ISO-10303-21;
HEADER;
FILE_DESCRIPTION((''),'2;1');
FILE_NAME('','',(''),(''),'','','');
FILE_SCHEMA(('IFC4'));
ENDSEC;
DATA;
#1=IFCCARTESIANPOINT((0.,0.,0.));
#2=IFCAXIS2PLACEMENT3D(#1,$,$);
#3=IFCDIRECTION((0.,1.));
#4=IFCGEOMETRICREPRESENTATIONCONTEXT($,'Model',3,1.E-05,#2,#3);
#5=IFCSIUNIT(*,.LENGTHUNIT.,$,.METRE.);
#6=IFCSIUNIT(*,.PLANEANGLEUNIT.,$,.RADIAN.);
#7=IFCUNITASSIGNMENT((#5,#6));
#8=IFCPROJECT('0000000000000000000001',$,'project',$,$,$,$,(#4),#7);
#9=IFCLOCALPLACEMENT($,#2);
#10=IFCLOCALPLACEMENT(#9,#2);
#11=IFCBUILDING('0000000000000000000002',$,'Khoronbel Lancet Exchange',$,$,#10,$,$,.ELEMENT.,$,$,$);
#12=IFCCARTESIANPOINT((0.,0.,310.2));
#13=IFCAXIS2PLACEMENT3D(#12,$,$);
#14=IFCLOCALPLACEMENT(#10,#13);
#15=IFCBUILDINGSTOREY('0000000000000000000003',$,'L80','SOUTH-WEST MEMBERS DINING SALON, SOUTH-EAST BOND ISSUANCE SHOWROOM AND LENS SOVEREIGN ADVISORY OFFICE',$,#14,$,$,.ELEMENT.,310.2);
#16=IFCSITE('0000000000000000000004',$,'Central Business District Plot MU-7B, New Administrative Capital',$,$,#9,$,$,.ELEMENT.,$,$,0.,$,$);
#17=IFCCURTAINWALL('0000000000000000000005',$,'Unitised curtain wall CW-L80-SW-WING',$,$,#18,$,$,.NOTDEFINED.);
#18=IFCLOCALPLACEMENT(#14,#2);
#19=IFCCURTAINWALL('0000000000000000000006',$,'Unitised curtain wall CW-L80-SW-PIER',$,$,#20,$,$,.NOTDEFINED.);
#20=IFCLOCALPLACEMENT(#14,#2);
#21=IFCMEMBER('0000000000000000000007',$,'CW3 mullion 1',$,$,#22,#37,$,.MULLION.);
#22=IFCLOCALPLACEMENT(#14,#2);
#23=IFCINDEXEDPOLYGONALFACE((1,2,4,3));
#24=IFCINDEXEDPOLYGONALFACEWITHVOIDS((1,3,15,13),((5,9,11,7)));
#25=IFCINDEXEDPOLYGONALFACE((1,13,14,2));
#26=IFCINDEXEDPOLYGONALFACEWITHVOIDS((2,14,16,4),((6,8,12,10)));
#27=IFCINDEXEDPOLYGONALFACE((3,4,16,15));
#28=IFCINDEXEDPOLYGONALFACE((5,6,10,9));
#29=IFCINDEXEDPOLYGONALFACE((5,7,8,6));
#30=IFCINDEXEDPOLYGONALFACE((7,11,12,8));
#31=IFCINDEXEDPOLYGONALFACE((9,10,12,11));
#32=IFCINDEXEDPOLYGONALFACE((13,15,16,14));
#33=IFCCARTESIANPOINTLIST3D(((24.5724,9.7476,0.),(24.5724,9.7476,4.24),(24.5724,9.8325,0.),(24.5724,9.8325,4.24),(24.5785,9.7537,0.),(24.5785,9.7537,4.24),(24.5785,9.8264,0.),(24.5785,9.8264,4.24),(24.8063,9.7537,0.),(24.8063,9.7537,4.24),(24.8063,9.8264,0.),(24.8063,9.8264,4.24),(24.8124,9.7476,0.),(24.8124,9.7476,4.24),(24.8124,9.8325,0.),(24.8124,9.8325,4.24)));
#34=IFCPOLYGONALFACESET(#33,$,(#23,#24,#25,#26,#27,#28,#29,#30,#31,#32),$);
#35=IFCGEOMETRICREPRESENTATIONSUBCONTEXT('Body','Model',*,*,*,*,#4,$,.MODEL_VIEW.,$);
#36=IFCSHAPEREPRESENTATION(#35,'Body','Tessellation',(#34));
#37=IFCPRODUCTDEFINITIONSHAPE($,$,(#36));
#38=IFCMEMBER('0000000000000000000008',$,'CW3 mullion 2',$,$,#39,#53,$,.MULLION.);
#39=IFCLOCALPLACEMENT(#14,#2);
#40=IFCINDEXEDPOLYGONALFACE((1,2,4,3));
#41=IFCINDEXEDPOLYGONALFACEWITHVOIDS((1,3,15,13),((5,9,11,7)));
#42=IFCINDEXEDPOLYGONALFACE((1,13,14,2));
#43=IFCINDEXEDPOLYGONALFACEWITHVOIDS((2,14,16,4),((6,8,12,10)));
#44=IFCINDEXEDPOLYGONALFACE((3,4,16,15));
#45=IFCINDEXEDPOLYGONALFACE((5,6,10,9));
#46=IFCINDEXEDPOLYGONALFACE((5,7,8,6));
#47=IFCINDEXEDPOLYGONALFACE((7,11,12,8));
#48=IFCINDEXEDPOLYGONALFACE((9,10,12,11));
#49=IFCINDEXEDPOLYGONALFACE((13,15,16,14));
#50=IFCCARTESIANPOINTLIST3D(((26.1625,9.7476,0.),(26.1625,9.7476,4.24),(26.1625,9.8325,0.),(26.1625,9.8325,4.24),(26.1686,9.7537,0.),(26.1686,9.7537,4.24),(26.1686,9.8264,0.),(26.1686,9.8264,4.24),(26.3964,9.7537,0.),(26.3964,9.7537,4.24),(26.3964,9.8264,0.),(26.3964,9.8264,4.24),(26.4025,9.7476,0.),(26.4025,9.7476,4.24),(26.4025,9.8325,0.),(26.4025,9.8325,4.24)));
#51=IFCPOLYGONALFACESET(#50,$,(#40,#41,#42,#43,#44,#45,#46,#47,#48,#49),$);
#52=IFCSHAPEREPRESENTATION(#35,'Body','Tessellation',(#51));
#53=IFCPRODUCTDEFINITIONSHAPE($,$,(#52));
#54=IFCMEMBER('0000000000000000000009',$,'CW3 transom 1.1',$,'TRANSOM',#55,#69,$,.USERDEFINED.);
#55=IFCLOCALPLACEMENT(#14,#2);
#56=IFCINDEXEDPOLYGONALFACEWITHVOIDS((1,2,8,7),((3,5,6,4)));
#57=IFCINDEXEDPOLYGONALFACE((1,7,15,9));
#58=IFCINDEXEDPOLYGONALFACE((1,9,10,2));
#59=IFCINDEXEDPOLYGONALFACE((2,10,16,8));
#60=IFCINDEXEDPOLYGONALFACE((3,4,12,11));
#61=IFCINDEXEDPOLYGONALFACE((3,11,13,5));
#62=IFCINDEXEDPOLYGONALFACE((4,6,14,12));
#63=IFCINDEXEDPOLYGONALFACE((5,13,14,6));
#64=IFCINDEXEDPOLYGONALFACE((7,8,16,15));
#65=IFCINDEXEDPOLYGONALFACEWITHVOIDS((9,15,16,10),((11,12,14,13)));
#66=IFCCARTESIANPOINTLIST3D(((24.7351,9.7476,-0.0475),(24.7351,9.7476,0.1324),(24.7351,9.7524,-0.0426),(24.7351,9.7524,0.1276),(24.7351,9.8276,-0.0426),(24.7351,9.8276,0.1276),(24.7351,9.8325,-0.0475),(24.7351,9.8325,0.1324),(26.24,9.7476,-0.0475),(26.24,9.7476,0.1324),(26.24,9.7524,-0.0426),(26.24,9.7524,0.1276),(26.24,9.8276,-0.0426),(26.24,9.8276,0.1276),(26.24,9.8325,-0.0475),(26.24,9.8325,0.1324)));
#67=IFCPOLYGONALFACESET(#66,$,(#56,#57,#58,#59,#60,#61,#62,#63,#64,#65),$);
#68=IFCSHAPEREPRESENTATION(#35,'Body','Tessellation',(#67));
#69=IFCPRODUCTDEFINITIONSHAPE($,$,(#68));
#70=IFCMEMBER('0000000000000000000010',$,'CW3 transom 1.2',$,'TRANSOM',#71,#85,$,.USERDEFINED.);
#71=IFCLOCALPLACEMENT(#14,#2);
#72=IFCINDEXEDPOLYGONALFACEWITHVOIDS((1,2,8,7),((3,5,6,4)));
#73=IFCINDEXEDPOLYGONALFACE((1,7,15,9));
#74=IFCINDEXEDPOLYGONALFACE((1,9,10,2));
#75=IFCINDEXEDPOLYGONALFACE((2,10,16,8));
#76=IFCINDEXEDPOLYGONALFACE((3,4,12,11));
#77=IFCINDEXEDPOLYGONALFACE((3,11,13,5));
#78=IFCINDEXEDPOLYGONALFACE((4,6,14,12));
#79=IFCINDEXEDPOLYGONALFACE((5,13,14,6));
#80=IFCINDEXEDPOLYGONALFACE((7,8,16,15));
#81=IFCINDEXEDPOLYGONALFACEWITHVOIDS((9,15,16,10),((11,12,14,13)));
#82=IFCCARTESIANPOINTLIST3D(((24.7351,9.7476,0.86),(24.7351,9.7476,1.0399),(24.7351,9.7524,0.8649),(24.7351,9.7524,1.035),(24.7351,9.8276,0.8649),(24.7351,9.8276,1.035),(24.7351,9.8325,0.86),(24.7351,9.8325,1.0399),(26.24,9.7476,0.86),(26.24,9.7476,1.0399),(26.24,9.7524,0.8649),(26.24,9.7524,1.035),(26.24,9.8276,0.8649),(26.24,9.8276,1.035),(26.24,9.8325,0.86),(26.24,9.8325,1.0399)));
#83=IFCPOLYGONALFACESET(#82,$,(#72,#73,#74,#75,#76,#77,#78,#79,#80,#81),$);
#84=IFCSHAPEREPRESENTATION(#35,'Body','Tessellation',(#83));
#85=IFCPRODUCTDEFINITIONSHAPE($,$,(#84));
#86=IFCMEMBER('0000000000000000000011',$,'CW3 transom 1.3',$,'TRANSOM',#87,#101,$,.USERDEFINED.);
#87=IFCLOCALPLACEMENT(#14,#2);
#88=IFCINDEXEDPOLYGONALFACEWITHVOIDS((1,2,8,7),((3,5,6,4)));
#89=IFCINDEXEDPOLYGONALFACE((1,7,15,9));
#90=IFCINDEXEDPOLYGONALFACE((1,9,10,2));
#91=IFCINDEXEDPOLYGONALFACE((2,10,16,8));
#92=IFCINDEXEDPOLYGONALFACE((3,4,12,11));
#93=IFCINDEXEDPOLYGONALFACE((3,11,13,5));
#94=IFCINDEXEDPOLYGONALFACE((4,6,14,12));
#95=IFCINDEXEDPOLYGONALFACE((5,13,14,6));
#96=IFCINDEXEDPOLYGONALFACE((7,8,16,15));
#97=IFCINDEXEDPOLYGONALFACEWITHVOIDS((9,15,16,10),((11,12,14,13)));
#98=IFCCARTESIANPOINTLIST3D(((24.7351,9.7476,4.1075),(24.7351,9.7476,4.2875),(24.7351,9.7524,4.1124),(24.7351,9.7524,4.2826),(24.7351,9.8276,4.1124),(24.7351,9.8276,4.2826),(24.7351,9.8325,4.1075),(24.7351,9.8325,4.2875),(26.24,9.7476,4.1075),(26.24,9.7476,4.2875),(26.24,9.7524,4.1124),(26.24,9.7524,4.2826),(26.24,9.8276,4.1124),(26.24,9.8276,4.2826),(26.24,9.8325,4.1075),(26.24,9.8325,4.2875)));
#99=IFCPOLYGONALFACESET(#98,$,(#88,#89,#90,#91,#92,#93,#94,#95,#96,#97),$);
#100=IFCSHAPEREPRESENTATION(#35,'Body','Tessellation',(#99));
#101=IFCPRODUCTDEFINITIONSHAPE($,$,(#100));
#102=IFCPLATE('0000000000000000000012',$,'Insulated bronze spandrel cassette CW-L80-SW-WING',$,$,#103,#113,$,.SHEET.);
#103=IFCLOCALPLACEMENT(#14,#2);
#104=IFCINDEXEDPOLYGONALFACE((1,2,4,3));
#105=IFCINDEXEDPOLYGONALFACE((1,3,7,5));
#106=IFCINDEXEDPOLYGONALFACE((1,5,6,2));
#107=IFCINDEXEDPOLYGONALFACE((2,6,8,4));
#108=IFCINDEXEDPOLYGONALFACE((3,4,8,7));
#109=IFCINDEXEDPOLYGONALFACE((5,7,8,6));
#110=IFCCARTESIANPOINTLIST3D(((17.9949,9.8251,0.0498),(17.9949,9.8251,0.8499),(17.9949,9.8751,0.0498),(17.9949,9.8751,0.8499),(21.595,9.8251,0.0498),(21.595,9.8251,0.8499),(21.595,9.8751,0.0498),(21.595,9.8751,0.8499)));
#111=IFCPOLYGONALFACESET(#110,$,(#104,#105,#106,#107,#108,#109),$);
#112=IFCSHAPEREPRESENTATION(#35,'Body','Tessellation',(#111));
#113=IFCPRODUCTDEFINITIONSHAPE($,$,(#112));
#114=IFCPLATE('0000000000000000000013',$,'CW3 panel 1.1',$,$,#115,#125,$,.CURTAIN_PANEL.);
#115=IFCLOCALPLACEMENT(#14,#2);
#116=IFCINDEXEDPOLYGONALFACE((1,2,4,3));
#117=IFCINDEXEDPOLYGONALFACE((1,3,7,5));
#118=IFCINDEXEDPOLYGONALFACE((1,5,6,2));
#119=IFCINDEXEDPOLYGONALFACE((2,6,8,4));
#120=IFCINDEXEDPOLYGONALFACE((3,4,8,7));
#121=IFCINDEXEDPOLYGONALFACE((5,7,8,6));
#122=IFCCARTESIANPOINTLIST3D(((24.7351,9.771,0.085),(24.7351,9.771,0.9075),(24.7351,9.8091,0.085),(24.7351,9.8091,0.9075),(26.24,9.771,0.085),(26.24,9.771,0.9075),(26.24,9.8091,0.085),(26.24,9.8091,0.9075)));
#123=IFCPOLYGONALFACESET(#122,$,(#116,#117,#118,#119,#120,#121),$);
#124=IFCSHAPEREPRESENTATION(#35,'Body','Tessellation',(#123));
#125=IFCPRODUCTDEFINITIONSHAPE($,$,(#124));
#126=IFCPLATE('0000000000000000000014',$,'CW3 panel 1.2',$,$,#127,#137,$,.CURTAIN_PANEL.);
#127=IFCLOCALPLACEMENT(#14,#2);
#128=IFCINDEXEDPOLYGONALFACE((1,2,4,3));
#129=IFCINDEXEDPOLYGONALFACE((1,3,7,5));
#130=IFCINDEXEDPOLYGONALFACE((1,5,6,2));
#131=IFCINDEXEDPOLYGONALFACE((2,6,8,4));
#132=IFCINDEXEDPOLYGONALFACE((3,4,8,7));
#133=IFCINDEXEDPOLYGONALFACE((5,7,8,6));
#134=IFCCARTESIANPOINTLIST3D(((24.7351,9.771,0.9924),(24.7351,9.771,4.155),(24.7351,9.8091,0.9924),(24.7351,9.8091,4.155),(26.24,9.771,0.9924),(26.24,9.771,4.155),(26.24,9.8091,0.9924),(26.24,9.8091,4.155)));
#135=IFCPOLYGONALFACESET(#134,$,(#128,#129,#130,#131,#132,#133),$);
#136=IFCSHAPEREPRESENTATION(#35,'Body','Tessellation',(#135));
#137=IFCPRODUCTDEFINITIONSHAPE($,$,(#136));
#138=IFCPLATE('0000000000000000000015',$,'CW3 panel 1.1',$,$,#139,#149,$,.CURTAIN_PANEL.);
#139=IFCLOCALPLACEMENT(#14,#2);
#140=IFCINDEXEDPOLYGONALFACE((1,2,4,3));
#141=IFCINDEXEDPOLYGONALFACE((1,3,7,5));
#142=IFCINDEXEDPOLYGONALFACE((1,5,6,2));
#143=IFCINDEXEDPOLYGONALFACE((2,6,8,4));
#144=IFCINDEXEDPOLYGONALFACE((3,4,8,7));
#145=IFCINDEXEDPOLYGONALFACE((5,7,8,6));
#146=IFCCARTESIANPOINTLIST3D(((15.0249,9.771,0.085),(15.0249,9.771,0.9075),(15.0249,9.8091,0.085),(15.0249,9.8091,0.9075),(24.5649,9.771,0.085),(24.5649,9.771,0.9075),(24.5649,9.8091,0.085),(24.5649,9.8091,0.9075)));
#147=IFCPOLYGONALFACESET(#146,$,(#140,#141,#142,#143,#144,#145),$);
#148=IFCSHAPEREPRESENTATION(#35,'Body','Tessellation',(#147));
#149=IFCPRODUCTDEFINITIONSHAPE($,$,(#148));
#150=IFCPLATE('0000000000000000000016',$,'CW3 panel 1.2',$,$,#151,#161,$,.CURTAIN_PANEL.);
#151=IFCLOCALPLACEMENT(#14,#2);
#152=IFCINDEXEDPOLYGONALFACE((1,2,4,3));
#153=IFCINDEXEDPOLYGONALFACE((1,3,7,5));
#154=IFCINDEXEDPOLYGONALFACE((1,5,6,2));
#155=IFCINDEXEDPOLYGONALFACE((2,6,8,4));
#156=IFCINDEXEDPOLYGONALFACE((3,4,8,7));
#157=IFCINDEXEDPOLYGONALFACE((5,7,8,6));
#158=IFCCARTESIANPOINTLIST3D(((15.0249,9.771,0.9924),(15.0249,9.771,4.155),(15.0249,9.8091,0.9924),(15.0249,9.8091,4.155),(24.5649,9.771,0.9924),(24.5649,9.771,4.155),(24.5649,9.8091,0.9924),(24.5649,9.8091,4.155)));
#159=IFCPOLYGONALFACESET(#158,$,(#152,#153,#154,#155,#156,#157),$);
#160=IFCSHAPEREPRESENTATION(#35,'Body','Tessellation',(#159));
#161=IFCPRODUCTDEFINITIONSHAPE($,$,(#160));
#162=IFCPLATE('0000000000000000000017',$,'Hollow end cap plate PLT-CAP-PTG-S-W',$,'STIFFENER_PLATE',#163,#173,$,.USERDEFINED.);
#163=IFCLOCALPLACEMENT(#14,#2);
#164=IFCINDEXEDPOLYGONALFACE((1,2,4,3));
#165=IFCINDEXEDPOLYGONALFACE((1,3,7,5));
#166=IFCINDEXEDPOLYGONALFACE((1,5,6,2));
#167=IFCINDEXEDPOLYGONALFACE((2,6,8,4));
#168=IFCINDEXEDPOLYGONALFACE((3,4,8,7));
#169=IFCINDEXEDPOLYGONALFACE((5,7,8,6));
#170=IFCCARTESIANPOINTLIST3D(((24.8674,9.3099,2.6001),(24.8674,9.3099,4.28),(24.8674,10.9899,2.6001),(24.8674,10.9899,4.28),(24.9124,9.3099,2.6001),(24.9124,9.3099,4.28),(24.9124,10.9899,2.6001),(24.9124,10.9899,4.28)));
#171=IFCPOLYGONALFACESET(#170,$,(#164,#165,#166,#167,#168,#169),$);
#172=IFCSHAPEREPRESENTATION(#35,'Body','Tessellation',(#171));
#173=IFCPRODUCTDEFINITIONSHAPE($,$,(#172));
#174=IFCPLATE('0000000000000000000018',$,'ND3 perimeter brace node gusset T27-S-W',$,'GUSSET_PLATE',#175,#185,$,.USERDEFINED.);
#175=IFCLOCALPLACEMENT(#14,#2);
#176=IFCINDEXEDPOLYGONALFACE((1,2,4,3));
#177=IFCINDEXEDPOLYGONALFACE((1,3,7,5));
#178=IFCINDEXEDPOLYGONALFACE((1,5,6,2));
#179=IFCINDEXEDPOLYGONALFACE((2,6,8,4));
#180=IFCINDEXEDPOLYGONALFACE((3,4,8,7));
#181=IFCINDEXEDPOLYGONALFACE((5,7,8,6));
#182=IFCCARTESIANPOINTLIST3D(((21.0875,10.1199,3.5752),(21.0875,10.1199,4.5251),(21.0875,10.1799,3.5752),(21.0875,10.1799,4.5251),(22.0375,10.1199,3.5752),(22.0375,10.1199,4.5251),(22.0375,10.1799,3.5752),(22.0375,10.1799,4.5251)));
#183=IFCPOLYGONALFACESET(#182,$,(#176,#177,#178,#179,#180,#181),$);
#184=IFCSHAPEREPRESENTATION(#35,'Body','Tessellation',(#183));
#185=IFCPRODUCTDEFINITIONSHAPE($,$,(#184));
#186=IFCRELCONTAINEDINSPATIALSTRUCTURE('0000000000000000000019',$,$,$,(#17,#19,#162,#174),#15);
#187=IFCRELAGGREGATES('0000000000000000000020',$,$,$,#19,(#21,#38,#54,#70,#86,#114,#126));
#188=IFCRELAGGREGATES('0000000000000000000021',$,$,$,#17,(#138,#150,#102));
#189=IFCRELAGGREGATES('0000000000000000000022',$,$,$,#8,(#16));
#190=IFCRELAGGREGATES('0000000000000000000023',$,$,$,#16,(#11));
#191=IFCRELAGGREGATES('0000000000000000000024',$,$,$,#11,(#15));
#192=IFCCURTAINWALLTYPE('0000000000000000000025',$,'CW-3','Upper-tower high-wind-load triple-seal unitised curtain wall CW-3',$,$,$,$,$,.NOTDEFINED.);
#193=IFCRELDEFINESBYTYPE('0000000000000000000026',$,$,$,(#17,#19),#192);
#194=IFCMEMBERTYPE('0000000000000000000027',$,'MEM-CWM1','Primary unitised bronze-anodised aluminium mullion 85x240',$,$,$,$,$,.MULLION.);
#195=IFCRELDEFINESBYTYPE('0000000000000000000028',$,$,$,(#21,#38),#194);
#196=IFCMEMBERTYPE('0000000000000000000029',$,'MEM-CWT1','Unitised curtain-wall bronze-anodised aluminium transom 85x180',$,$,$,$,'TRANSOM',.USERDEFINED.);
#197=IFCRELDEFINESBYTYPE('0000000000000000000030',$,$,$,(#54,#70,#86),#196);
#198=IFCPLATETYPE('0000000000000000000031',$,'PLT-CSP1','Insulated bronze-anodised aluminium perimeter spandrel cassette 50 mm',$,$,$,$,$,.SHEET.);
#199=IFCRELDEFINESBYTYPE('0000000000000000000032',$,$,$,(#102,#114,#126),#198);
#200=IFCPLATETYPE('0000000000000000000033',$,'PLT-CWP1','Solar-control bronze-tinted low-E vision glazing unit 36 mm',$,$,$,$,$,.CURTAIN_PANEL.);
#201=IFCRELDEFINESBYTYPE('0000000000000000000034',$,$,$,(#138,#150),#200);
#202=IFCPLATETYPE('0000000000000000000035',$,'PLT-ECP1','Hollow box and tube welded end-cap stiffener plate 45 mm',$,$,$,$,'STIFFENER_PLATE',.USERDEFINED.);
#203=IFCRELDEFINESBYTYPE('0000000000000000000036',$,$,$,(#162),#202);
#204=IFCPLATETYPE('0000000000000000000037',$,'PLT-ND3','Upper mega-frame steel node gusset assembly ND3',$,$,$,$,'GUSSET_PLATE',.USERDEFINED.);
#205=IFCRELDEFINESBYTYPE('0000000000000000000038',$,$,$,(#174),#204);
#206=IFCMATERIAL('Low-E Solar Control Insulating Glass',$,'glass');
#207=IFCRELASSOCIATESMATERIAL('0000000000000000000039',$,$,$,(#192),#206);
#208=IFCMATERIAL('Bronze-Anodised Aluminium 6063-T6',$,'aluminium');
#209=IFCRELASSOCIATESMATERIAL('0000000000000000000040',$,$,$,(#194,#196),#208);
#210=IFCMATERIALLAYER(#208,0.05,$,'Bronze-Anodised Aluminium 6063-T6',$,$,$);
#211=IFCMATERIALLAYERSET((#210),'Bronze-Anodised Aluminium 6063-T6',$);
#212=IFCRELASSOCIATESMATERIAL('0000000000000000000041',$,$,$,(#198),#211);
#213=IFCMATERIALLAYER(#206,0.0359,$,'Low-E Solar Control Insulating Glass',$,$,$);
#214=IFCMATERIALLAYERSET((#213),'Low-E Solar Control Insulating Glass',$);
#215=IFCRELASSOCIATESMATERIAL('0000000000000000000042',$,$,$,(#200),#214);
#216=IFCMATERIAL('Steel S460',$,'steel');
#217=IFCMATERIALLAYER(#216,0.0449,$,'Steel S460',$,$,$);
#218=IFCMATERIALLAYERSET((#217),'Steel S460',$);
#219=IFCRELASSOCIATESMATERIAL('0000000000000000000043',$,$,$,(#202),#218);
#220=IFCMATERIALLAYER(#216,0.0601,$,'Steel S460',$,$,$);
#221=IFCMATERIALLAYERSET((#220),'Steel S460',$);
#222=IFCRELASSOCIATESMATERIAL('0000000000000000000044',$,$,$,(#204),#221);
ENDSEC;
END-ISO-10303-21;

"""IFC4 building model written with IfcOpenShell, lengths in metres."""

from ifc_helpers import new_model, si_unit, direction, frame, origin, origin_2d, place, context, subcontext, project, spatial, rectangle, hollow_rectangle, extrude, material, layer, layer_set, material_profile, profile_set, type_object, element, aggregate, save


model = new_model("IFC4")

# Units and contexts
model_context = context("Model", 3, precision=1e-05, world=origin(), true_north=direction((0.0, 1.0)))
body_context = subcontext(model_context, "Body", "Model", "MODEL_VIEW")
ifc_project = project(units=[si_unit("LENGTHUNIT", "METRE"), si_unit("PLANEANGLEUNIT", "RADIAN")], contexts=[model_context])

# Site, building, storey
site_placement = place(None, origin())
site = spatial("IfcSite", under=ifc_project, at=site_placement, Name="Central Business District Plot MU-7B, New Administrative Capital", CompositionType="ELEMENT", RefElevation=0.0)
building_placement = place(site_placement, origin())
building = spatial("IfcBuilding", under=site, at=building_placement, Name="Khoronbel Lancet Exchange", CompositionType="ELEMENT")
storey_placement = place(building_placement, frame((0.0, 0.0, 310.2)))
storey = spatial("IfcBuildingStorey", under=building, at=storey_placement, Name="L80", Description="SOUTH-WEST MEMBERS DINING SALON, SOUTH-EAST BOND ISSUANCE SHOWROOM AND LENS SOVEREIGN ADVISORY OFFICE", CompositionType="ELEMENT", Elevation=310.2)

# Shared definitions
ifc_material_1 = material(Name="Steel S460", Category="steel")

# Curtain wall
ifc_material_2 = material(Name="Low-E Solar Control Insulating Glass", Category="glass")
curtain_wall_type = type_object("IfcCurtainWallType", Name="CW-3", Description="Upper-tower high-wind-load triple-seal unitised curtain wall CW-3", PredefinedType="NOTDEFINED", material=ifc_material_2)
curtain_wall_1_placement = place(storey_placement, origin())
curtain_wall_1 = element("IfcCurtainWall", 1, at=curtain_wall_1_placement, inside=storey, type_object=curtain_wall_type, Name="Unitised curtain wall CW-L80-SW-WING", PredefinedType="NOTDEFINED")
ifc_material_3 = material(Name="Bronze-Anodised Aluminium 6063-T6", Category="aluminium")
ifc_material_profile_1 = material_profile(ifc_material_3, hollow_rectangle(XDim=0.085, YDim=0.24, WallThickness=0.0061, at=origin_2d()), Name="ALU MULLION 85x240")
ifc_profile_set_1 = profile_set([ifc_material_profile_1], Name="Bronze-Anodised Aluminium 6063-T6")
member_type_1 = type_object("IfcMemberType", Name="MEM-CWM1", Description="Primary unitised bronze-anodised aluminium mullion 85x240", PredefinedType="MULLION", material=ifc_profile_set_1)

# Curtain wall, members
curtain_wall_2_placement = place(storey_placement, origin())
curtain_wall_2 = element("IfcCurtainWall", 2, at=curtain_wall_2_placement, inside=storey, type_object=curtain_wall_type, Name="Unitised curtain wall CW-L80-SW-PIER", PredefinedType="NOTDEFINED")
member_1_placement = place(storey_placement, frame((24.6924, 9.79, 0.0), z_axis=(0.0, 0.0, 1.0), x_axis=(0.0, 1.0, 0.0)))
member_1 = element("IfcMember", 3, at=member_1_placement, type_object=member_type_1, Name="CW3 mullion 1", PredefinedType="MULLION", context=body_context, shape_type="SweptSolid", body=[
    extrude(hollow_rectangle(XDim=0.085, YDim=0.24, WallThickness=0.0061, at=origin_2d()), origin(), (0.0, 0.0, 1.0), 4.24),
])
member_2_placement = place(storey_placement, frame((26.2825, 9.79, 0.0), z_axis=(0.0, 0.0, 1.0), x_axis=(0.0, 1.0, 0.0)))
member_2 = element("IfcMember", 4, at=member_2_placement, type_object=member_type_1, Name="CW3 mullion 2", PredefinedType="MULLION", context=body_context, shape_type="SweptSolid", body=[
    extrude(hollow_rectangle(XDim=0.085, YDim=0.24, WallThickness=0.0061, at=origin_2d()), origin(), (0.0, 0.0, 1.0), 4.24),
])
ifc_material_profile_2 = material_profile(ifc_material_3, hollow_rectangle(XDim=0.085, YDim=0.1799, WallThickness=0.0049, at=origin_2d()), Name="ALU TRANSOM 85x180")
ifc_profile_set_2 = profile_set([ifc_material_profile_2], Name="Bronze-Anodised Aluminium 6063-T6")
member_type_2 = type_object("IfcMemberType", Name="MEM-CWT1", Description="Unitised curtain-wall bronze-anodised aluminium transom 85x180", ElementType="TRANSOM", PredefinedType="USERDEFINED", material=ifc_profile_set_2)
member_3_placement = place(storey_placement, frame((24.7351, 9.79, 0.0425), z_axis=(1.0, 0.0, 0.0), x_axis=(0.0, 1.0, 0.0)))
member_3 = element("IfcMember", 5, at=member_3_placement, type_object=member_type_2, Name="CW3 transom 1.1", ObjectType="TRANSOM", PredefinedType="USERDEFINED", context=body_context, shape_type="SweptSolid", body=[
    extrude(hollow_rectangle(XDim=0.085, YDim=0.1799, WallThickness=0.0049, at=origin_2d()), origin(), (0.0, 0.0, 1.0), 1.5049),
])
member_4_placement = place(storey_placement, frame((24.7351, 9.79, 0.95), z_axis=(1.0, 0.0, 0.0), x_axis=(0.0, 1.0, 0.0)))
member_4 = element("IfcMember", 6, at=member_4_placement, type_object=member_type_2, Name="CW3 transom 1.2", ObjectType="TRANSOM", PredefinedType="USERDEFINED", context=body_context, shape_type="SweptSolid", body=[
    extrude(hollow_rectangle(XDim=0.085, YDim=0.1799, WallThickness=0.0049, at=origin_2d()), origin(), (0.0, 0.0, 1.0), 1.5049),
])
member_5_placement = place(storey_placement, frame((24.7351, 9.79, 4.1975), z_axis=(1.0, 0.0, 0.0), x_axis=(0.0, 1.0, 0.0)))
member_5 = element("IfcMember", 7, at=member_5_placement, type_object=member_type_2, Name="CW3 transom 1.3", ObjectType="TRANSOM", PredefinedType="USERDEFINED", context=body_context, shape_type="SweptSolid", body=[
    extrude(hollow_rectangle(XDim=0.085, YDim=0.1799, WallThickness=0.0049, at=origin_2d()), origin(), (0.0, 0.0, 1.0), 1.5049),
])

# Plates
ifc_layer_1 = layer(ifc_material_3, 0.05, Name="Bronze-Anodised Aluminium 6063-T6")
ifc_layer_set_1 = layer_set([ifc_layer_1], Name="Bronze-Anodised Aluminium 6063-T6")
plate_type_1 = type_object("IfcPlateType", Name="PLT-CSP1", Description="Insulated bronze-anodised aluminium perimeter spandrel cassette 50 mm", PredefinedType="SHEET", material=ifc_layer_set_1)
plate_1_placement = place(storey_placement, frame((19.7949, 9.8501, 0.0498), z_axis=(0.0, 0.0, 1.0), x_axis=(1.0, 0.0, 0.0)))
plate_1 = element("IfcPlate", 8, at=plate_1_placement, type_object=plate_type_1, Name="Insulated bronze spandrel cassette CW-L80-SW-WING", PredefinedType="SHEET", context=body_context, shape_type="SweptSolid", body=[
    extrude(rectangle(XDim=3.6001, YDim=0.05, at=origin_2d()), origin(), (0.0, 0.0, 1.0), 0.8),
])
plate_2_placement = place(storey_placement, frame((25.4875, 9.79, 0.085), z_axis=(0.0, 0.0, 1.0), x_axis=(1.0, 0.0, 0.0)))
plate_2 = element("IfcPlate", 9, at=plate_2_placement, type_object=plate_type_1, Name="CW3 panel 1.1", PredefinedType="CURTAIN_PANEL", context=body_context, shape_type="SweptSolid", body=[
    extrude(rectangle(XDim=1.5049, YDim=0.0381, at=origin_2d()), origin(), (0.0, 0.0, 1.0), 0.8225),
])
plate_3_placement = place(storey_placement, frame((25.4875, 9.79, 0.9924), z_axis=(0.0, 0.0, 1.0), x_axis=(1.0, 0.0, 0.0)))
plate_3 = element("IfcPlate", 10, at=plate_3_placement, type_object=plate_type_1, Name="CW3 panel 1.2", PredefinedType="CURTAIN_PANEL", context=body_context, shape_type="SweptSolid", body=[
    extrude(rectangle(XDim=1.5049, YDim=0.0381, at=origin_2d()), origin(), (0.0, 0.0, 1.0), 3.1626),
])
aggregate(curtain_wall_2, [member_1, member_2, member_3, member_4, member_5, plate_2, plate_3])
ifc_layer_2 = layer(ifc_material_2, 0.0359, Name="Low-E Solar Control Insulating Glass")
ifc_layer_set_2 = layer_set([ifc_layer_2], Name="Low-E Solar Control Insulating Glass")
plate_type_2 = type_object("IfcPlateType", Name="PLT-CWP1", Description="Solar-control bronze-tinted low-E vision glazing unit 36 mm", PredefinedType="CURTAIN_PANEL", material=ifc_layer_set_2)
plate_4_placement = place(storey_placement, frame((19.7949, 9.79, 0.085), z_axis=(0.0, 0.0, 1.0), x_axis=(1.0, 0.0, 0.0)))
plate_4 = element("IfcPlate", 11, at=plate_4_placement, type_object=plate_type_2, Name="CW3 panel 1.1", PredefinedType="CURTAIN_PANEL", context=body_context, shape_type="SweptSolid", body=[
    extrude(rectangle(XDim=9.54, YDim=0.0381, at=origin_2d()), origin(), (0.0, 0.0, 1.0), 0.8225),
])
plate_5_placement = place(storey_placement, frame((19.7949, 9.79, 0.9924), z_axis=(0.0, 0.0, 1.0), x_axis=(1.0, 0.0, 0.0)))
plate_5 = element("IfcPlate", 12, at=plate_5_placement, type_object=plate_type_2, Name="CW3 panel 1.2", PredefinedType="CURTAIN_PANEL", context=body_context, shape_type="SweptSolid", body=[
    extrude(rectangle(XDim=9.54, YDim=0.0381, at=origin_2d()), origin(), (0.0, 0.0, 1.0), 3.1626),
])
aggregate(curtain_wall_1, [plate_4, plate_5, plate_1])

# Plates
ifc_layer_3 = layer(ifc_material_1, 0.0449, Name="Steel S460")
ifc_layer_set_3 = layer_set([ifc_layer_3], Name="Steel S460")
plate_type_3 = type_object("IfcPlateType", Name="PLT-ECP1", Description="Hollow box and tube welded end-cap stiffener plate 45 mm", ElementType="STIFFENER_PLATE", PredefinedType="USERDEFINED", material=ifc_layer_set_3)
plate_6_placement = place(storey_placement, frame((24.8899, 10.1499, 2.6001), z_axis=(0.0, 0.0, 1.0), x_axis=(-1.0, 0.0, 0.0)))
element("IfcPlate", 13, at=plate_6_placement, inside=storey, type_object=plate_type_3, Name="Hollow end cap plate PLT-CAP-PTG-S-W", ObjectType="STIFFENER_PLATE", PredefinedType="USERDEFINED", context=body_context, shape_type="SweptSolid", body=[
    extrude(rectangle(XDim=0.0449, YDim=1.6799, at=origin_2d()), origin(), (0.0, 0.0, 1.0), 1.6799),
])
ifc_layer_4 = layer(ifc_material_1, 0.0601, Name="Steel S460")
ifc_layer_set_4 = layer_set([ifc_layer_4], Name="Steel S460")
plate_type_4 = type_object("IfcPlateType", Name="PLT-ND3", Description="Upper mega-frame steel node gusset assembly ND3", ElementType="GUSSET_PLATE", PredefinedType="USERDEFINED", material=ifc_layer_set_4)
plate_7_placement = place(storey_placement, frame((21.5625, 10.1499, 3.5752), z_axis=(0.0, 0.0, 1.0), x_axis=(1.0, 0.0, 0.0)))
element("IfcPlate", 14, at=plate_7_placement, inside=storey, type_object=plate_type_4, Name="ND3 perimeter brace node gusset T27-S-W", ObjectType="GUSSET_PLATE", PredefinedType="USERDEFINED", context=body_context, shape_type="SweptSolid", body=[
    extrude(rectangle(XDim=0.95, YDim=0.0601, at=origin_2d()), origin(), (0.0, 0.0, 1.0), 0.95),
])

save(model, "model.ifc")
